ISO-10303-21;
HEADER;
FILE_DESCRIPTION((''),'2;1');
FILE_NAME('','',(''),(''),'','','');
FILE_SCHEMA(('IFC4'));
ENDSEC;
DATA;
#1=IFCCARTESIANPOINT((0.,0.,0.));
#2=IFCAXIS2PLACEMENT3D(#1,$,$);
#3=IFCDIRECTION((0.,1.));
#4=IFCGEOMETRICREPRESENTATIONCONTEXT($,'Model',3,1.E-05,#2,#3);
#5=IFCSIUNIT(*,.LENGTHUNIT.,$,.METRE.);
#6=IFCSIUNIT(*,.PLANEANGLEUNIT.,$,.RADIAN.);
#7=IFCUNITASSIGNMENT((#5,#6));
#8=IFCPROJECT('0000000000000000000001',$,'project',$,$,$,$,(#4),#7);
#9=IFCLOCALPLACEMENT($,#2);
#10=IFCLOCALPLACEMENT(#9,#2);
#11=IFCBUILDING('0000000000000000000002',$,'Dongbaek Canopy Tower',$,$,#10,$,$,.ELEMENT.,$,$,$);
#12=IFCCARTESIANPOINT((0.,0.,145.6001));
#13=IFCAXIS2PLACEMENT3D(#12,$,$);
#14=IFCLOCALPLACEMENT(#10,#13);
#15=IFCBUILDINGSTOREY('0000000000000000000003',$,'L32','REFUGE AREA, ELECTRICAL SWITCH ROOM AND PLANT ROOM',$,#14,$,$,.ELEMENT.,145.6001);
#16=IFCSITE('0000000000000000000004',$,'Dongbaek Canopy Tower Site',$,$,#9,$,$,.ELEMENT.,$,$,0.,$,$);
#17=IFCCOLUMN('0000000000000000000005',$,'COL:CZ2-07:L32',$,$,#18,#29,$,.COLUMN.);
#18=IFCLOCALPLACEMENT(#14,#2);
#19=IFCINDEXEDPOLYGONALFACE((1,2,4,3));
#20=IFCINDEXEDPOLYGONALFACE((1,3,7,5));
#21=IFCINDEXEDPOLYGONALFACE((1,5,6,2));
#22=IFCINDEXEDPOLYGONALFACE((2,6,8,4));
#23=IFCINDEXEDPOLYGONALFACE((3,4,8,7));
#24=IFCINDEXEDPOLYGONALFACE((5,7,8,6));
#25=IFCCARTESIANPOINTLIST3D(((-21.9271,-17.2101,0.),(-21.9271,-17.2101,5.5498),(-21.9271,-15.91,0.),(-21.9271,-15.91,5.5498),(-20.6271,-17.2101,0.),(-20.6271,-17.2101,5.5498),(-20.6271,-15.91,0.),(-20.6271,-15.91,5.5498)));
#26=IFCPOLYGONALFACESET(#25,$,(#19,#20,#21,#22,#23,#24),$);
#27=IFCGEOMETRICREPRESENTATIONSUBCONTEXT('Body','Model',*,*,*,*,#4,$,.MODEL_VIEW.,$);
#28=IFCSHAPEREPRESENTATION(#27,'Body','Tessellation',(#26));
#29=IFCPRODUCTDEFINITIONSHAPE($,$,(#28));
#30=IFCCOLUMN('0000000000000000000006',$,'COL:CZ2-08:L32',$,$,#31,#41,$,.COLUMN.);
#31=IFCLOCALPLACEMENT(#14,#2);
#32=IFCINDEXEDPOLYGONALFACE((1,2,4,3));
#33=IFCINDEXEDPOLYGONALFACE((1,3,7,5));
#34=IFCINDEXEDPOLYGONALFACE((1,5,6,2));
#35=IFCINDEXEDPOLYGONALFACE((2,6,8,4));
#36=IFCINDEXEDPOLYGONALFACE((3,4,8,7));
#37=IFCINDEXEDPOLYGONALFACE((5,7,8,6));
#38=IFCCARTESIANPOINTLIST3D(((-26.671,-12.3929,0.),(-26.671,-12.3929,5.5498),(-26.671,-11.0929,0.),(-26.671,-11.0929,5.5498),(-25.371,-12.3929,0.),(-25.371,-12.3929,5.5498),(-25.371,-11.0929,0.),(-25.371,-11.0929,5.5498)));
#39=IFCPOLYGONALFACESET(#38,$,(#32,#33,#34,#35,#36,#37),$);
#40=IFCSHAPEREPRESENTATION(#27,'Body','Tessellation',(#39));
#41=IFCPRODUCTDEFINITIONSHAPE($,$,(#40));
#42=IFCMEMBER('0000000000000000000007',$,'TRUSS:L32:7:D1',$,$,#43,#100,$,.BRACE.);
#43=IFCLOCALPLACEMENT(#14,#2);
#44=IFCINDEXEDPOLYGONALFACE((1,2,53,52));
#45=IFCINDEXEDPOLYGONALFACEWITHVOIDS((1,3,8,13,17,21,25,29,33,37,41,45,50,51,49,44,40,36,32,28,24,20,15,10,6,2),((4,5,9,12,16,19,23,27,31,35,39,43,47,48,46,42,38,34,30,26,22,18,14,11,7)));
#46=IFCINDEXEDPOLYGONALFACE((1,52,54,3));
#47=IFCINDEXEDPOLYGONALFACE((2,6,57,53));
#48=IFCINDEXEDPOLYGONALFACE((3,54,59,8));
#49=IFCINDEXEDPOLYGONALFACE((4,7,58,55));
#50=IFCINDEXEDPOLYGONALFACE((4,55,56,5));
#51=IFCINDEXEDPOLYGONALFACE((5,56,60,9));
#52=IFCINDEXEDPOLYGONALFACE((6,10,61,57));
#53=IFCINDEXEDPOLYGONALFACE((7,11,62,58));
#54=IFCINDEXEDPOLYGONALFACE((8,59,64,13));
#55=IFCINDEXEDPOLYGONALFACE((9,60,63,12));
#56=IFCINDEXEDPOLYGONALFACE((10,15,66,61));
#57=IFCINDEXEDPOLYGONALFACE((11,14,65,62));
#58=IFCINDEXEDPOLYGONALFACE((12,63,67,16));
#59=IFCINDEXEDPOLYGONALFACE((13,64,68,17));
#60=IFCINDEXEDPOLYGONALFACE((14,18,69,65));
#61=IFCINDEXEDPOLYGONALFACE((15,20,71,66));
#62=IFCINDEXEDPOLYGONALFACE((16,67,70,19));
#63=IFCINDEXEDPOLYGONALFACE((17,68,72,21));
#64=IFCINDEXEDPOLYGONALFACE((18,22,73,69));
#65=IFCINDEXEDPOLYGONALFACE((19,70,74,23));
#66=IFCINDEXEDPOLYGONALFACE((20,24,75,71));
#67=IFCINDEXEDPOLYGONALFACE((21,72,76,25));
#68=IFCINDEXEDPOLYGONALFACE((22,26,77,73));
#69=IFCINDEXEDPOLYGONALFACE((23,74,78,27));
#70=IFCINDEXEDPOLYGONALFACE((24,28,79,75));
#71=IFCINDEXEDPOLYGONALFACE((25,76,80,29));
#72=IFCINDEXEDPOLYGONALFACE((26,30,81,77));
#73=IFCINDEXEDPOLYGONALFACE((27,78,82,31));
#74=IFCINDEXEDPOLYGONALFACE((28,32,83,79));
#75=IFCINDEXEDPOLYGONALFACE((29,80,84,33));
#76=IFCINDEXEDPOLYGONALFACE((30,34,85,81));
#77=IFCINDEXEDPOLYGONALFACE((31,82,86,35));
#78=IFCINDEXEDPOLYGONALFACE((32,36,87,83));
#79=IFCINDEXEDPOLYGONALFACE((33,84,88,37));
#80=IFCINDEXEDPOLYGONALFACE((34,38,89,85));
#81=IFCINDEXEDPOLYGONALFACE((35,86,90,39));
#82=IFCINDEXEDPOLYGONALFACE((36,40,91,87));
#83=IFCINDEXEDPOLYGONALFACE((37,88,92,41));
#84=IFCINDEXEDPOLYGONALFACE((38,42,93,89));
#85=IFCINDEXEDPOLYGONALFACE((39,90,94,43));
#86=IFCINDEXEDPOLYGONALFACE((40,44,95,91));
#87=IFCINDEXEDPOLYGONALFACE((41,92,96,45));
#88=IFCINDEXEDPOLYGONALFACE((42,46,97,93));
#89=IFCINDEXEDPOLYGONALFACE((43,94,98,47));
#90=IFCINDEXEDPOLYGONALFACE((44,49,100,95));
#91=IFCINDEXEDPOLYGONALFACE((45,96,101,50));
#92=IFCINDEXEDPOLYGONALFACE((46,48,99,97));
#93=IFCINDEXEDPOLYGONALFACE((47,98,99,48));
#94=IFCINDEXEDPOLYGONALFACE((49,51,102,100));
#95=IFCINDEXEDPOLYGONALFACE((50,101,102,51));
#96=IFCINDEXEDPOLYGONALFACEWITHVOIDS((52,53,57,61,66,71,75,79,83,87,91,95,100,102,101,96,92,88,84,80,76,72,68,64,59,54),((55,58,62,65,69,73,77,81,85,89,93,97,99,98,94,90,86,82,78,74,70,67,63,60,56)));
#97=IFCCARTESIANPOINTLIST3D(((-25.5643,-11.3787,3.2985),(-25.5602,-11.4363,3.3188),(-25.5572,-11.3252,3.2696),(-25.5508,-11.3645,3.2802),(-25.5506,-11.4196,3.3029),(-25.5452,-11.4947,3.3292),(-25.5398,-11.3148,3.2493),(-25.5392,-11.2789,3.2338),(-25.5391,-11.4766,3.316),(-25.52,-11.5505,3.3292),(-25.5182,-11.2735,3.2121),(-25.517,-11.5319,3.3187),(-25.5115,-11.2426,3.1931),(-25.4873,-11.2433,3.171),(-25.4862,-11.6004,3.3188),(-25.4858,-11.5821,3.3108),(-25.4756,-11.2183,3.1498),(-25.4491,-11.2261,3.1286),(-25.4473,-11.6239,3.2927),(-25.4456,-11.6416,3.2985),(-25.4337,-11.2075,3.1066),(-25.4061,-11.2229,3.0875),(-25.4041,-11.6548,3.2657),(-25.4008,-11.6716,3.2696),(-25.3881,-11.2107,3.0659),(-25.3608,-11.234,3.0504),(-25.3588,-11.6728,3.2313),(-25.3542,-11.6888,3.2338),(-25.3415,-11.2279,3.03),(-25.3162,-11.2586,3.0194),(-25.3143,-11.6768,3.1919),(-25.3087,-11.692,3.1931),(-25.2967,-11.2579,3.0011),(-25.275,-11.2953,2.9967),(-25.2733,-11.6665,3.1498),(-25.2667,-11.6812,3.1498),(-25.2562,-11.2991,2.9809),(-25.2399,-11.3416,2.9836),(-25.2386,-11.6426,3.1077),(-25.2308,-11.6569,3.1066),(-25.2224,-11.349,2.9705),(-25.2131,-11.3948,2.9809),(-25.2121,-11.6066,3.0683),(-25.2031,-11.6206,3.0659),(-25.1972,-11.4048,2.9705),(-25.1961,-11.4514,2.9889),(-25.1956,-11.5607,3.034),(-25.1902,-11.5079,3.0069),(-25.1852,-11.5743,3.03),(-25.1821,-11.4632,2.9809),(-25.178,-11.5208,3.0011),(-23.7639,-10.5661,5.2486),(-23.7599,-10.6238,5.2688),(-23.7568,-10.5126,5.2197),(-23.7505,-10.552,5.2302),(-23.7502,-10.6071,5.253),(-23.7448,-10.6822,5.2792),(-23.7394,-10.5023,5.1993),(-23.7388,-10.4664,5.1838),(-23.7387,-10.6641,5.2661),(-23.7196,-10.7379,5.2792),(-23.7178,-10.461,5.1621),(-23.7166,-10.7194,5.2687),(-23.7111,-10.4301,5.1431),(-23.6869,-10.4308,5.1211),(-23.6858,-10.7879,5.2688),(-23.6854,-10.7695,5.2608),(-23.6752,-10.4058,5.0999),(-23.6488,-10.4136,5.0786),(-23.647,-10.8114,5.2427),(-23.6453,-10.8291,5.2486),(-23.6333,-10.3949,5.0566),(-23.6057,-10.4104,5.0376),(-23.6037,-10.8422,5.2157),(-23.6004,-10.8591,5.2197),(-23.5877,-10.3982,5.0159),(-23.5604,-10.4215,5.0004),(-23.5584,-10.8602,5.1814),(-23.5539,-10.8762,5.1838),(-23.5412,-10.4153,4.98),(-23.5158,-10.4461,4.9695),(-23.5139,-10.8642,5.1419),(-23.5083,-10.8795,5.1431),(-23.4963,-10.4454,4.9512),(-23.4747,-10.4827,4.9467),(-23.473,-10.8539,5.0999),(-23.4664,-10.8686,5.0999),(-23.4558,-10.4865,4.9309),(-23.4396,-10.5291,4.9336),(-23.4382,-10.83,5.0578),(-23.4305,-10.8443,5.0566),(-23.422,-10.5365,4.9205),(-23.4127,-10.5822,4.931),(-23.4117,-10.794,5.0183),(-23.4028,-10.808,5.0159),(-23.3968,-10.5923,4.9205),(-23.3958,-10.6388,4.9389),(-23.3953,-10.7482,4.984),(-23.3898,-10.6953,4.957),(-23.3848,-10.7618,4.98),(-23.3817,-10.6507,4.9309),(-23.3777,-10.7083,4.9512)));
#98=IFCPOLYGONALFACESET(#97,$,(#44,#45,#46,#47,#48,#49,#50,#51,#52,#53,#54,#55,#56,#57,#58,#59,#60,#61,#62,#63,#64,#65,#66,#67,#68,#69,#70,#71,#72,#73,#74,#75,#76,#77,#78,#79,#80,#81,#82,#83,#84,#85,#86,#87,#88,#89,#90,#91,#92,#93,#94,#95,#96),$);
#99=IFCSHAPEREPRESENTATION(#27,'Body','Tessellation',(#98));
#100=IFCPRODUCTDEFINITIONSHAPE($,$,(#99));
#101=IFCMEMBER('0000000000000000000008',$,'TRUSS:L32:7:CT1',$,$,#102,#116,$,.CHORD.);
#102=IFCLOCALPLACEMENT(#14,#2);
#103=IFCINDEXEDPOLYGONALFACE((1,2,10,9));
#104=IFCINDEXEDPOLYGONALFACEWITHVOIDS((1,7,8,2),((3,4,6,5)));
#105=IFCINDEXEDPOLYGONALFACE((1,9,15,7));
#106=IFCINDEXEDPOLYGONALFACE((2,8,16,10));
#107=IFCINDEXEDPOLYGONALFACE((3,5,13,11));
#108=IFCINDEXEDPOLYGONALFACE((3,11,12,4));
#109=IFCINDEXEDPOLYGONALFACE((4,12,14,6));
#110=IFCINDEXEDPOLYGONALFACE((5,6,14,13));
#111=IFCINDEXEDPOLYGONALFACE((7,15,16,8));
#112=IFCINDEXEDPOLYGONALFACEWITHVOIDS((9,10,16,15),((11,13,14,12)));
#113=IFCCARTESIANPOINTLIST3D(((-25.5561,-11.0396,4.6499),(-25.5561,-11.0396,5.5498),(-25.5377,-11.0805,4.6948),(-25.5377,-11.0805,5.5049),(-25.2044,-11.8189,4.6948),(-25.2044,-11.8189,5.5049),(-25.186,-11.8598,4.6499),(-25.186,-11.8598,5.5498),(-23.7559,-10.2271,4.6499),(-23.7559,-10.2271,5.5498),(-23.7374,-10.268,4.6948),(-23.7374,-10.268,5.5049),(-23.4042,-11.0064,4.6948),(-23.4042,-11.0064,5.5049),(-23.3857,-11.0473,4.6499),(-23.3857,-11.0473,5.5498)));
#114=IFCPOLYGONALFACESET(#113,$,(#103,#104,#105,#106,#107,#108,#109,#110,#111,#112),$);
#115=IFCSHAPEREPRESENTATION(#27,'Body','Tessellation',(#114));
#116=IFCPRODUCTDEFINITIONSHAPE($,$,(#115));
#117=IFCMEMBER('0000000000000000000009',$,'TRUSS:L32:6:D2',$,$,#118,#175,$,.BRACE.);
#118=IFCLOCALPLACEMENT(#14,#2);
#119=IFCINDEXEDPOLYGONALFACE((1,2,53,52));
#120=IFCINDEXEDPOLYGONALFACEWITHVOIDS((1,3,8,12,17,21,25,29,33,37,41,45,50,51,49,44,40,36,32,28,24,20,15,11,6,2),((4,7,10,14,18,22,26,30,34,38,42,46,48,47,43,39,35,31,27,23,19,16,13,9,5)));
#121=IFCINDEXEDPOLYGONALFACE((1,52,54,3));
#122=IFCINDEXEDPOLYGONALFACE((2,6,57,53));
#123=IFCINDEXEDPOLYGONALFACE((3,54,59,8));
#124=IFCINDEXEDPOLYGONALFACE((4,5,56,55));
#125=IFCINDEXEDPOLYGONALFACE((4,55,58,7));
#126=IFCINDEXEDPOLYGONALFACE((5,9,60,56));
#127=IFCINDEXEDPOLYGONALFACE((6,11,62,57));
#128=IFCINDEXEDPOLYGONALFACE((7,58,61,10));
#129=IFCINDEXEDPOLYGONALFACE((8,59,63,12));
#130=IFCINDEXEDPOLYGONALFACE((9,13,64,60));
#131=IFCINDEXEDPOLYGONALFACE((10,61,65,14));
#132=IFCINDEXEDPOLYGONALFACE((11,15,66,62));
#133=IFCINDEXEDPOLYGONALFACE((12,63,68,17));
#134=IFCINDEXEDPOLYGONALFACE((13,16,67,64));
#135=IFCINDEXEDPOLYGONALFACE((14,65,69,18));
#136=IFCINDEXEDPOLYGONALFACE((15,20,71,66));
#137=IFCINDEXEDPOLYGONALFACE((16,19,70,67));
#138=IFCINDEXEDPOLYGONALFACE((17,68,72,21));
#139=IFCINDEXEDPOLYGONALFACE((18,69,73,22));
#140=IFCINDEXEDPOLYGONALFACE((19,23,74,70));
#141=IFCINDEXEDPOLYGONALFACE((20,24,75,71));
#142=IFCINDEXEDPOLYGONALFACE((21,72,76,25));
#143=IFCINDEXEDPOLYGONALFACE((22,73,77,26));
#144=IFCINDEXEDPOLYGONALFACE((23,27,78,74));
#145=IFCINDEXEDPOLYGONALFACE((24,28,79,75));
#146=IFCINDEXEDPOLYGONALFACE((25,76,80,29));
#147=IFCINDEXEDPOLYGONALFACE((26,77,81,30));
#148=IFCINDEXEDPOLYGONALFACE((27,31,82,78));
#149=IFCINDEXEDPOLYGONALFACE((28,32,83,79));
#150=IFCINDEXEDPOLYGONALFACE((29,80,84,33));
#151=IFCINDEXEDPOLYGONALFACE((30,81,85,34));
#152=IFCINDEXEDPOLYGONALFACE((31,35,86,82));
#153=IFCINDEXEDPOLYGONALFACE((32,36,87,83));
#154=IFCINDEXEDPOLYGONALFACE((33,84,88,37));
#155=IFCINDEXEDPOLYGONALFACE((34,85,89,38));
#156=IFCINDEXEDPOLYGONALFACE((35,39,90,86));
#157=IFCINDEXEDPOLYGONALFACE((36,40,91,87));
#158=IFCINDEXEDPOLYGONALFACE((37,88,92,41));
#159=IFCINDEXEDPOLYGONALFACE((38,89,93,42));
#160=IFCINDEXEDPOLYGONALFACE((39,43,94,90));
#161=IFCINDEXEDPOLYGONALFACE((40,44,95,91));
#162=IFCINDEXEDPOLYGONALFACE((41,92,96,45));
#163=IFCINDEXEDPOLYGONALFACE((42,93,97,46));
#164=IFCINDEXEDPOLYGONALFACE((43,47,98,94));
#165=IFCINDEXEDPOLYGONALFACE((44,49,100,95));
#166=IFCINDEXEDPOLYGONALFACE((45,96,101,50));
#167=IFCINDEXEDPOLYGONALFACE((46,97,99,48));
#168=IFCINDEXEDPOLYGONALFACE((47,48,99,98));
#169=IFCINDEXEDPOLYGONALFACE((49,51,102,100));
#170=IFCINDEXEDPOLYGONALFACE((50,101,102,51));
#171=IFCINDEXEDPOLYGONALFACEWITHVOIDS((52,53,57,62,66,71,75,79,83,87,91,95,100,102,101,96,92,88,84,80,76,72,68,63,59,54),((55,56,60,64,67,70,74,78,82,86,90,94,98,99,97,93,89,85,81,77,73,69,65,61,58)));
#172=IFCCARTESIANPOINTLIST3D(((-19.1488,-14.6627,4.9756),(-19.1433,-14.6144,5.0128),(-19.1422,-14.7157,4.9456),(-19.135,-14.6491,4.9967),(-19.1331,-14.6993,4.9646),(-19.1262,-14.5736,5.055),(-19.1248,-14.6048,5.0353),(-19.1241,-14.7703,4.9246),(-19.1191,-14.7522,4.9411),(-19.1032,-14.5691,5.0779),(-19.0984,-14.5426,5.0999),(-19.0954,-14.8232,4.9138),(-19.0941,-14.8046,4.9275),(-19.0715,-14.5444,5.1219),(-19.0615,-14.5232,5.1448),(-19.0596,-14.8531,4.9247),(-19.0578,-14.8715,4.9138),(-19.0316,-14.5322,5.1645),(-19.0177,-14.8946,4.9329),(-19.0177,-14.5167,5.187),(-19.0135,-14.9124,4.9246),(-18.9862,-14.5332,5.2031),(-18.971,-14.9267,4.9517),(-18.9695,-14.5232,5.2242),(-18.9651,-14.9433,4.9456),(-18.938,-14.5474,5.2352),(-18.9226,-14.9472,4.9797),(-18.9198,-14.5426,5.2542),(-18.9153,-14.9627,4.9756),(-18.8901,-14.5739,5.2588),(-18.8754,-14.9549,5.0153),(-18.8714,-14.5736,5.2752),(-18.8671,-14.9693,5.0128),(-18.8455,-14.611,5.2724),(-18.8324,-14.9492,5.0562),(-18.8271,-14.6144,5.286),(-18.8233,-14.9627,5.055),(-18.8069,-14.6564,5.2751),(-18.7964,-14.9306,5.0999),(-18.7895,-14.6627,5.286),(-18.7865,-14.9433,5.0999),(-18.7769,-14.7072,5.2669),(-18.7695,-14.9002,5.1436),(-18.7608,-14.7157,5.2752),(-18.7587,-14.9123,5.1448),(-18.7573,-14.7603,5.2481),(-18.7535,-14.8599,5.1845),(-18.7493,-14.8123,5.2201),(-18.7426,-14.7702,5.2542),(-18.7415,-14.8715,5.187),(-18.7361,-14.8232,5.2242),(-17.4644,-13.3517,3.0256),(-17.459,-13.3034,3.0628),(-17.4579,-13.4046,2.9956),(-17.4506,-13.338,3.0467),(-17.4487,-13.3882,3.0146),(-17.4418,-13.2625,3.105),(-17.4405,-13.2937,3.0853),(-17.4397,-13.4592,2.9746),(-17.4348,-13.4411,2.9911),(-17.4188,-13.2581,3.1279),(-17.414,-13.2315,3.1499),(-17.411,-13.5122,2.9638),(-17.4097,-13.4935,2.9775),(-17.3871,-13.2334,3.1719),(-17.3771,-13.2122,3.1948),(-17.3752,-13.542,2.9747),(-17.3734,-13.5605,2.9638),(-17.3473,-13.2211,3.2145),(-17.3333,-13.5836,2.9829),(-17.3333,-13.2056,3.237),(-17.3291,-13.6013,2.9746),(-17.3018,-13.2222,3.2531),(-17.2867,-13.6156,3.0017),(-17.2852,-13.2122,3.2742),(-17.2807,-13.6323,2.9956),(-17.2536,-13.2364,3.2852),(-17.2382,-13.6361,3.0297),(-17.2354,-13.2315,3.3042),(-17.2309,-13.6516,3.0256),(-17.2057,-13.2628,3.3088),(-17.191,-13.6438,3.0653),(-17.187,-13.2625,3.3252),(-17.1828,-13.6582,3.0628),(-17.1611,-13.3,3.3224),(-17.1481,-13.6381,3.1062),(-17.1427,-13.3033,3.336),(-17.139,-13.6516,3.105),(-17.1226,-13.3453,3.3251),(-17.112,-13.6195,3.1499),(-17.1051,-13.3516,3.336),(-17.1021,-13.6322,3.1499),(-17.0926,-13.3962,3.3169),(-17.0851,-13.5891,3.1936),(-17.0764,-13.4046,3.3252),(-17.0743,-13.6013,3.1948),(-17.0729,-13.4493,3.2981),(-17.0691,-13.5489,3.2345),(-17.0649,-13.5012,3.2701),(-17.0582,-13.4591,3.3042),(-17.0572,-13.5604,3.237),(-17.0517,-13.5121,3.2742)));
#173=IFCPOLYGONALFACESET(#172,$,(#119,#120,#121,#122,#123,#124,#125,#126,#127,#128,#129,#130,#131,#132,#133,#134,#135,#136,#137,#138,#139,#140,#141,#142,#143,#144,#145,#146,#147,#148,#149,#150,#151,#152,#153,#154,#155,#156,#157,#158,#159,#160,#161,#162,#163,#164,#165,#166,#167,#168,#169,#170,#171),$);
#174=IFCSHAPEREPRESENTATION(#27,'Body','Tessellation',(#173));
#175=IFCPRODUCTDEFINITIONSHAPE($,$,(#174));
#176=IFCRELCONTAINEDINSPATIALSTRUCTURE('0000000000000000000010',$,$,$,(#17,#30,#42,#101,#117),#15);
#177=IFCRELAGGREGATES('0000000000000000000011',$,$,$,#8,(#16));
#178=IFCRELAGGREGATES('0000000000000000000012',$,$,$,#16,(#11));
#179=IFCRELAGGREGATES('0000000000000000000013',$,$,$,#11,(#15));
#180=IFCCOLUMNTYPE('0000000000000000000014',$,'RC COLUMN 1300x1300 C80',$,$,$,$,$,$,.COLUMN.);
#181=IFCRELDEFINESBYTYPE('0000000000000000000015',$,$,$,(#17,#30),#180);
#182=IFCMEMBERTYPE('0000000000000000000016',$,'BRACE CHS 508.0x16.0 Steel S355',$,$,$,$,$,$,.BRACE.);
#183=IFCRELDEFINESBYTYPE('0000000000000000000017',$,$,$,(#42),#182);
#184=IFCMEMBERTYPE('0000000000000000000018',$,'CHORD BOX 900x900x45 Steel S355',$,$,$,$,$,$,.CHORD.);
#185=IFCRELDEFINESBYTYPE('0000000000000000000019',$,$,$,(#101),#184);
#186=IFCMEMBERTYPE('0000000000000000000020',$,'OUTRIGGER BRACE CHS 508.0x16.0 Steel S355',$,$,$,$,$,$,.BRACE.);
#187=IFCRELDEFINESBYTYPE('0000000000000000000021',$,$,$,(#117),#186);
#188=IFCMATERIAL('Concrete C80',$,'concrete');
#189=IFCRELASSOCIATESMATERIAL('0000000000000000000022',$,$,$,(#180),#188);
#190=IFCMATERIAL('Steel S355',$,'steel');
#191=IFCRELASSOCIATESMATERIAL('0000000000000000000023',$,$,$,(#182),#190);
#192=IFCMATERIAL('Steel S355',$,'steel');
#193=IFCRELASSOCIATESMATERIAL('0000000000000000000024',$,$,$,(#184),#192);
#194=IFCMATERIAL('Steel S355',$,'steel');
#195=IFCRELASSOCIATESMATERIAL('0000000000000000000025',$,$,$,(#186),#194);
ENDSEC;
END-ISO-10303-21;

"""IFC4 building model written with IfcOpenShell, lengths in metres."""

from ifc_helpers import new_model, si_unit, direction, frame, origin, origin_2d, place, context, subcontext, project, spatial, rectangle, hollow_rectangle, hollow_circle, extrude, material, material_profile, profile_set, type_object, element, save


model = new_model("IFC4")

# Units and contexts
model_context = context("Model", 3, precision=1e-05, world=origin(), true_north=direction((0.0, 1.0)))
body_context = subcontext(model_context, "Body", "Model", "MODEL_VIEW")
ifc_project = project(units=[si_unit("LENGTHUNIT", "METRE"), si_unit("PLANEANGLEUNIT", "RADIAN")], contexts=[model_context])

# Site, building, storey
site_placement = place(None, origin())
site = spatial("IfcSite", under=ifc_project, at=site_placement, Name="Dongbaek Canopy Tower Site", CompositionType="ELEMENT", RefElevation=0.0)
building_placement = place(site_placement, origin())
building = spatial("IfcBuilding", under=site, at=building_placement, Name="Dongbaek Canopy Tower", CompositionType="ELEMENT")
storey_placement = place(building_placement, frame((0.0, 0.0, 145.6001)))
storey = spatial("IfcBuildingStorey", under=building, at=storey_placement, Name="L32", Description="REFUGE AREA, ELECTRICAL SWITCH ROOM AND PLANT ROOM", CompositionType="ELEMENT", Elevation=145.6001)

# Columns
ifc_material_1 = material(Name="Concrete C80", Category="concrete")
ifc_material_profile_1 = material_profile(ifc_material_1, rectangle(XDim=1.3, YDim=1.3, at=origin_2d()), Name="RC COLUMN 1300x1300 C80")
ifc_profile_set_1 = profile_set([ifc_material_profile_1], Name="Concrete C80")
column_type = type_object("IfcColumnType", Name="RC COLUMN 1300x1300 C80", PredefinedType="COLUMN", material=ifc_profile_set_1)
for number, where, z_axis, x_axis, name in (
    (1, (-21.2771, -16.5601, 0.0), (0.0, 0.0, 1.0), (1.0, 0.0, 0.0), "COL:CZ2-07:L32"),
    (2, (-26.021, -11.7429, 0.0), (0.0, 0.0, 1.0), (1.0, 0.0, 0.0), "COL:CZ2-08:L32"),
):
    element("IfcColumn", number, at=place(storey_placement, frame(where, z_axis=z_axis, x_axis=x_axis)), inside=storey, type_object=column_type, Name=name, PredefinedType="COLUMN", context=body_context, shape_type="SweptSolid", body=[
        extrude(rectangle(XDim=1.3, YDim=1.3, at=origin_2d()), origin(), (0.0, 0.0, 1.0), 5.5498),
    ])

# Members
ifc_material_2 = material(Name="Steel S355", Category="steel")
ifc_material_profile_2 = material_profile(ifc_material_2, hollow_circle(Radius=0.2539, WallThickness=0.0161, at=origin_2d()), Name="BRACE CHS 508.0x16.0 Steel S355")
ifc_profile_set_2 = profile_set([ifc_material_profile_2], Name="Steel S355")
member_type_1 = type_object("IfcMemberType", Name="BRACE CHS 508.0x16.0 Steel S355", PredefinedType="BRACE", material=ifc_profile_set_2)
member_1_placement = place(storey_placement, frame((-23.5708, -10.6372, 5.0999), z_axis=(-0.648632, -0.292738, -0.702553), x_axis=(0.411362, -0.911472, 0.0)))
element("IfcMember", 3, at=member_1_placement, inside=storey, type_object=member_type_1, Name="TRUSS:L32:7:D1", PredefinedType="BRACE", context=body_context, shape_type="SweptSolid", body=[
    extrude(hollow_circle(Radius=0.2539, WallThickness=0.0161, at=origin_2d()), origin(), (0.0, 0.0, 1.0), 2.7756),
])
ifc_material_3 = material(Name="Steel S355", Category="steel")
ifc_material_profile_3 = material_profile(ifc_material_3, hollow_rectangle(XDim=0.8999, YDim=0.8999, WallThickness=0.0449, at=origin_2d()), Name="CHORD BOX 900x900x45 Steel S355")
ifc_profile_set_3 = profile_set([ifc_material_profile_3], Name="Steel S355")
member_type_2 = type_object("IfcMemberType", Name="CHORD BOX 900x900x45 Steel S355", PredefinedType="CHORD", material=ifc_profile_set_3)
member_2_placement = place(storey_placement, frame((-23.5708, -10.6372, 5.0999), z_axis=(-0.911472, -0.411362, 0.0), x_axis=(0.411362, -0.911472, 0.0)))
element("IfcMember", 4, at=member_2_placement, inside=storey, type_object=member_type_2, Name="TRUSS:L32:7:CT1", PredefinedType="CHORD", context=body_context, shape_type="SweptSolid", body=[
    extrude(hollow_rectangle(XDim=0.8999, YDim=0.8999, WallThickness=0.0449, at=origin_2d()), origin(), (0.0, 0.0, 1.0), 1.9751),
])
ifc_material_4 = material(Name="Steel S355", Category="steel")
ifc_material_profile_4 = material_profile(ifc_material_4, hollow_circle(Radius=0.2539, WallThickness=0.0161, at=origin_2d()), Name="OUTRIGGER BRACE CHS 508.0x16.0 Steel S355")
ifc_profile_set_4 = profile_set([ifc_material_profile_4], Name="Steel S355")
member_type_3 = type_object("IfcMemberType", Name="OUTRIGGER BRACE CHS 508.0x16.0 Steel S355", PredefinedType="BRACE", material=ifc_profile_set_4)
member_3_placement = place(storey_placement, frame((-17.2581, -13.4319, 3.1499), z_axis=(-0.582603, -0.453483, 0.674482), x_axis=(0.614234, -0.789124, 0.0)))
element("IfcMember", 5, at=member_3_placement, inside=storey, type_object=member_type_3, Name="TRUSS:L32:6:D2", PredefinedType="BRACE", context=body_context, shape_type="SweptSolid", body=[
    extrude(hollow_circle(Radius=0.2539, WallThickness=0.0161, at=origin_2d()), origin(), (0.0, 0.0, 1.0), 2.8911),
])

save(model, "model.ifc")
